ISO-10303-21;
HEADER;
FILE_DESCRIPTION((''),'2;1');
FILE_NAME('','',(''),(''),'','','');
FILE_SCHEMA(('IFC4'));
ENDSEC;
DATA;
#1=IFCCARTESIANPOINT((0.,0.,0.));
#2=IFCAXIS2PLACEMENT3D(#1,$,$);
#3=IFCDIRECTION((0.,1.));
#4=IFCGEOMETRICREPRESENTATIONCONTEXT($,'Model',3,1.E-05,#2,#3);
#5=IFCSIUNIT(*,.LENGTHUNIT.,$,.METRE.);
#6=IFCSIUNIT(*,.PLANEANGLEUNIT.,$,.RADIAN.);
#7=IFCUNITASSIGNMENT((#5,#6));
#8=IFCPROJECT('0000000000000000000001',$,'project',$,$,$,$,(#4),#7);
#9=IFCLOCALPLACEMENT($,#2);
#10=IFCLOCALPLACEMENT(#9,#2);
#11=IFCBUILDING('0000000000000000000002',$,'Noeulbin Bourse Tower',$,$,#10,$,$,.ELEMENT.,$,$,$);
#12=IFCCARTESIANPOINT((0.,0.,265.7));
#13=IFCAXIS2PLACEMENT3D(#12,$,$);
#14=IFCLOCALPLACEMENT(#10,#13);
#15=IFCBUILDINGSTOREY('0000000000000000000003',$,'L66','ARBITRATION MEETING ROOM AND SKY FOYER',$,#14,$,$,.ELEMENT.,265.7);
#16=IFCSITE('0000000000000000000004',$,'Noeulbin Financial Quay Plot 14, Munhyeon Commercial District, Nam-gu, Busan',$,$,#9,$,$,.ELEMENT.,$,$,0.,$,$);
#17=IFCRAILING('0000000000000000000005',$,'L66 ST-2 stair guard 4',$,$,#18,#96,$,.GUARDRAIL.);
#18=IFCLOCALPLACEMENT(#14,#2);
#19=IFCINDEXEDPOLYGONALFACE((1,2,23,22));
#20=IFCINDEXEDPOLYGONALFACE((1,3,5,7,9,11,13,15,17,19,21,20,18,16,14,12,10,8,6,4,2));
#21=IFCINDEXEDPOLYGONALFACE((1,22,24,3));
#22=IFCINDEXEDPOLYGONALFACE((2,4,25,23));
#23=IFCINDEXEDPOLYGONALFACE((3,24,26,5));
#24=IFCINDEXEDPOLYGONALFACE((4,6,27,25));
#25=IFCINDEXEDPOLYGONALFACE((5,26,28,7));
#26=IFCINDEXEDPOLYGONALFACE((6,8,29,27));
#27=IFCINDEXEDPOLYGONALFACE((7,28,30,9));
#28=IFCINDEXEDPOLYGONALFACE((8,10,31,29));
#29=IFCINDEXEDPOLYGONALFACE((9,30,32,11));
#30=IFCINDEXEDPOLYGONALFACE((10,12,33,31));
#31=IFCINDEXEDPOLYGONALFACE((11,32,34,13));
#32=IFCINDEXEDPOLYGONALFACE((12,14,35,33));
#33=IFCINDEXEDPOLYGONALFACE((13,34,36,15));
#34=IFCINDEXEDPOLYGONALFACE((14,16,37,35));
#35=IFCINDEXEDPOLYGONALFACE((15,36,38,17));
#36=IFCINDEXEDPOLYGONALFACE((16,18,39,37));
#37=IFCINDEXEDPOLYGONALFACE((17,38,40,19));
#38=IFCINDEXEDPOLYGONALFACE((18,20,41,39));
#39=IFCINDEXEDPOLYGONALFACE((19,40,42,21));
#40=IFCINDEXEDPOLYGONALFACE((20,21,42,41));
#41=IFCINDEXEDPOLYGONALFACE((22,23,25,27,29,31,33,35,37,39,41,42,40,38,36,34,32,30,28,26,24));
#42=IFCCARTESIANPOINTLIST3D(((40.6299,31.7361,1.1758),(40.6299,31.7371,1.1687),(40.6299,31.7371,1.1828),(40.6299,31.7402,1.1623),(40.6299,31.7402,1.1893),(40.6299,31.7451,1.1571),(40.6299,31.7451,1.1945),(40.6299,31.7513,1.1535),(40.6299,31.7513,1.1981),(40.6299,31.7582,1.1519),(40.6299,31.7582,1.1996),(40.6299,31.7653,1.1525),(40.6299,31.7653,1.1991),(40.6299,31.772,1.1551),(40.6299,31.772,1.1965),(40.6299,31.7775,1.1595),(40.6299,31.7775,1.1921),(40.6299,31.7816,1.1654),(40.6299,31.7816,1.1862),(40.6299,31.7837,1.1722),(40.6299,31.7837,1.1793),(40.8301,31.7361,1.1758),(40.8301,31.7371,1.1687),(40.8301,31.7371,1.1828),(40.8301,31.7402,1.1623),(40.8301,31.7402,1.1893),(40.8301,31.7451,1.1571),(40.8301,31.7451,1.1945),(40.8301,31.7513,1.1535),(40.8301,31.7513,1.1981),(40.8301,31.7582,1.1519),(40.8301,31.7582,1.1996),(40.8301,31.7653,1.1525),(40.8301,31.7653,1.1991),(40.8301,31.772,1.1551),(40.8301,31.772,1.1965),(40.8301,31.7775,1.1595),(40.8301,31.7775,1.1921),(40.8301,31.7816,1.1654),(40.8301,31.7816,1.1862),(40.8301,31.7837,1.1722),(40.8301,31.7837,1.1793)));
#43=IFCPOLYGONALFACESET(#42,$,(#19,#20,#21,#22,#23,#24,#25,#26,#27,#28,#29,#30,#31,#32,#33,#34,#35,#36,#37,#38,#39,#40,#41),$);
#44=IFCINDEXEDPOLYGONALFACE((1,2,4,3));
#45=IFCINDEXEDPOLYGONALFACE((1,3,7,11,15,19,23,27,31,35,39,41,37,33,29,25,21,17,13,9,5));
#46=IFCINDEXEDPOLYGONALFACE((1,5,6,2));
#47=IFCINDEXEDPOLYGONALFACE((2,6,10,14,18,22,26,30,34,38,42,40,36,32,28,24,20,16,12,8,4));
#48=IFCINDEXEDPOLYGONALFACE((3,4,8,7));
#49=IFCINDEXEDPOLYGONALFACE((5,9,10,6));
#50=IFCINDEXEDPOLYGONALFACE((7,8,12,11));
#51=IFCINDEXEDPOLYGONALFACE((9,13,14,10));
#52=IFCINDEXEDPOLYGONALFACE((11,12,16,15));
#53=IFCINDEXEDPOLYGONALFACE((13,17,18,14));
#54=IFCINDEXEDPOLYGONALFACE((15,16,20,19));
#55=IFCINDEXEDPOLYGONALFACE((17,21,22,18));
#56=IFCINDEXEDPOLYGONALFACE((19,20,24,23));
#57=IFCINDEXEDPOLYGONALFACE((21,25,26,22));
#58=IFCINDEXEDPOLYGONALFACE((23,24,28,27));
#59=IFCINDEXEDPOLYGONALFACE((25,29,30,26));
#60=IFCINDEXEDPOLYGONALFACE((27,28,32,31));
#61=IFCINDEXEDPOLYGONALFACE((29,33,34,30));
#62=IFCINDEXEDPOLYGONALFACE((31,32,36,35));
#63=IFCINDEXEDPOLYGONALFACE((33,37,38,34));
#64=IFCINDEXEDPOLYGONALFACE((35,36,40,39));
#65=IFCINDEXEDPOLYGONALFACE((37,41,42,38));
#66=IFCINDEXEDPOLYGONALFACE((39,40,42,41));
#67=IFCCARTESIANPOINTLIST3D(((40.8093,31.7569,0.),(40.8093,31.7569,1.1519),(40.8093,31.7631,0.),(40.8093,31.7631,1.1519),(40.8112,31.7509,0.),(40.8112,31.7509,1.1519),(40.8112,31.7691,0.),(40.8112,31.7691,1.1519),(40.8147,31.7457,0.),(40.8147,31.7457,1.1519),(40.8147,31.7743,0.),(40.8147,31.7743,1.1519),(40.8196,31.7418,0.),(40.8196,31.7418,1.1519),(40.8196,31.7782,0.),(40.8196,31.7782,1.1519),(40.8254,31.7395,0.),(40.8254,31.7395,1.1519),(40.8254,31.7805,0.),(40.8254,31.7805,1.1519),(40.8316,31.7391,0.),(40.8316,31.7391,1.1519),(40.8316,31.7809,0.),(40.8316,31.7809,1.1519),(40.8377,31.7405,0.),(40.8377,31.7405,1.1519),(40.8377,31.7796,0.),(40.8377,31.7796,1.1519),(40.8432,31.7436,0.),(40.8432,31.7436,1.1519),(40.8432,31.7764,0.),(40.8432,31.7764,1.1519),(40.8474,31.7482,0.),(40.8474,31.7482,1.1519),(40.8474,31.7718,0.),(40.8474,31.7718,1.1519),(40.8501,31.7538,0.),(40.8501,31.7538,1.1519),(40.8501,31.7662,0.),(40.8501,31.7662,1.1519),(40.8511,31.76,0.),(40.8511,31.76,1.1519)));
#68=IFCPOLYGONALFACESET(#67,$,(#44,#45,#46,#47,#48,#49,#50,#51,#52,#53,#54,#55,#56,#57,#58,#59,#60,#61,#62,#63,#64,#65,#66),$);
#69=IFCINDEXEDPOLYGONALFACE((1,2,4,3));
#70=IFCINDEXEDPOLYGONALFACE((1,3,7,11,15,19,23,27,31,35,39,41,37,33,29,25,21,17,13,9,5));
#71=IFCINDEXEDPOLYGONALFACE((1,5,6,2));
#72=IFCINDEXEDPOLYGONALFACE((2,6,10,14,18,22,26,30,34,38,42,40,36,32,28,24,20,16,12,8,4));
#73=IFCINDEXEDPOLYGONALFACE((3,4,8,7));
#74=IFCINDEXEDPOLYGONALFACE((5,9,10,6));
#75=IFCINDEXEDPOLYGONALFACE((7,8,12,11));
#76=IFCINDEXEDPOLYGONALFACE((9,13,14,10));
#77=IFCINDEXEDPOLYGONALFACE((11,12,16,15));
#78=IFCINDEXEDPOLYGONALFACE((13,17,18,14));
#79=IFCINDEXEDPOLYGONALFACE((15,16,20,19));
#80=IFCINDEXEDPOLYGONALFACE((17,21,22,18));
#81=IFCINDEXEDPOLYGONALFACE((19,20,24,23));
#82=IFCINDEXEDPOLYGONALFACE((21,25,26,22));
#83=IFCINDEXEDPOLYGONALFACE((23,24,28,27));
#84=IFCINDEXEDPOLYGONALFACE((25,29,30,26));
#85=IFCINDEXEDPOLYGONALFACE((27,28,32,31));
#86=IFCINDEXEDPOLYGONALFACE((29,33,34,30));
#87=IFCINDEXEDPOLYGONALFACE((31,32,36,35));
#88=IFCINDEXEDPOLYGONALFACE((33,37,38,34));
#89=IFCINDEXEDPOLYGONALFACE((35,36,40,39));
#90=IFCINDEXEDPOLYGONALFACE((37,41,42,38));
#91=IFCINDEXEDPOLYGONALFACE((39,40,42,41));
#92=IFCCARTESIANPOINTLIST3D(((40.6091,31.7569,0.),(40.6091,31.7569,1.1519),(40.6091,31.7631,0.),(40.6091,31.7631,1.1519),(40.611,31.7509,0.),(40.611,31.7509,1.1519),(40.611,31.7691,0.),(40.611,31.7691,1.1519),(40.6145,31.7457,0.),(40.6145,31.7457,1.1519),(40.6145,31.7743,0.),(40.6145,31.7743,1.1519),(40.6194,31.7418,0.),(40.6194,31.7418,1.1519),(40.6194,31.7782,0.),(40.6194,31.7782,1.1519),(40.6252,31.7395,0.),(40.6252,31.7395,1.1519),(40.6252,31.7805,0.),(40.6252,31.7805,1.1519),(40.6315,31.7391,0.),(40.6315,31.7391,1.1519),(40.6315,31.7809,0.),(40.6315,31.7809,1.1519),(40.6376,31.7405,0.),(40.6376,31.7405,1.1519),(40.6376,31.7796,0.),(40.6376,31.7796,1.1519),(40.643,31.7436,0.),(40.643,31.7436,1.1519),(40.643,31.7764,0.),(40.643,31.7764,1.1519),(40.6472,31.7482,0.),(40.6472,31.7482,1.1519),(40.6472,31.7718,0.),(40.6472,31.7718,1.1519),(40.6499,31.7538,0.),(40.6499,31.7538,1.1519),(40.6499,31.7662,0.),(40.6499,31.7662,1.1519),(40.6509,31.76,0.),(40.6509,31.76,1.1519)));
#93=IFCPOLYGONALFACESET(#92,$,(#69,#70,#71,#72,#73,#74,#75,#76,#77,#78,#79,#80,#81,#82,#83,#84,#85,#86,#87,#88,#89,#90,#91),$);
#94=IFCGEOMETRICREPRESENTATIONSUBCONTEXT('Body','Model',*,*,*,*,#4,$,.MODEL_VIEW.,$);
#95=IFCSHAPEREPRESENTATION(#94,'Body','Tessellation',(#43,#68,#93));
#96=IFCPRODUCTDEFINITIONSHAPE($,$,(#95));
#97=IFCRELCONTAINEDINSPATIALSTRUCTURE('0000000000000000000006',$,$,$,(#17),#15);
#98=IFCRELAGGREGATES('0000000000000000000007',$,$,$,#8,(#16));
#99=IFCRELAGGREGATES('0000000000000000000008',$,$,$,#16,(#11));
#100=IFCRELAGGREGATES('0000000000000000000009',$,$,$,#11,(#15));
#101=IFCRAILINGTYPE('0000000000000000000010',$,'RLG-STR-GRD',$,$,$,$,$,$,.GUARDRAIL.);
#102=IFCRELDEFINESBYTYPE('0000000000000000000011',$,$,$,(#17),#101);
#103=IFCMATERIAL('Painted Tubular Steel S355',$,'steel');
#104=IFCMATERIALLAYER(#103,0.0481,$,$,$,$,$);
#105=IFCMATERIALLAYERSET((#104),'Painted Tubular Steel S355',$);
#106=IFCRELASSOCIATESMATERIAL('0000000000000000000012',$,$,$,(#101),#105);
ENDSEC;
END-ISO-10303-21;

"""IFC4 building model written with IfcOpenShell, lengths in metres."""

from ifc_helpers import new_model, si_unit, direction, frame, origin, origin_2d, place, context, subcontext, project, spatial, circle, extrude, material, layer, layer_set, type_object, element, save


model = new_model("IFC4")

# Units and contexts
model_context = context("Model", 3, precision=1e-05, world=origin(), true_north=direction((0.0, 1.0)))
body_context = subcontext(model_context, "Body", "Model", "MODEL_VIEW")
ifc_project = project(units=[si_unit("LENGTHUNIT", "METRE"), si_unit("PLANEANGLEUNIT", "RADIAN")], contexts=[model_context])

# Site, building, storey
site_placement = place(None, origin())
site = spatial("IfcSite", under=ifc_project, at=site_placement, Name="Noeulbin Financial Quay Plot 14, Munhyeon Commercial District, Nam-gu, Busan", CompositionType="ELEMENT", RefElevation=0.0)
building_placement = place(site_placement, origin())
building = spatial("IfcBuilding", under=site, at=building_placement, Name="Noeulbin Bourse Tower", CompositionType="ELEMENT")
storey_placement = place(building_placement, frame((0.0, 0.0, 265.7)))
storey = spatial("IfcBuildingStorey", under=building, at=storey_placement, Name="L66", Description="ARBITRATION MEETING ROOM AND SKY FOYER", CompositionType="ELEMENT", Elevation=265.7)

# Railing
ifc_material_1 = material(Name="Painted Tubular Steel S355", Category="steel")
ifc_layer_1 = layer(ifc_material_1, 0.0481)
ifc_layer_set_1 = layer_set([ifc_layer_1], Name="Painted Tubular Steel S355")
railing_type_1 = type_object("IfcRailingType", Name="RLG-STR-GRD", PredefinedType="GUARDRAIL", material=ifc_layer_set_1)
railing_1_placement = place(storey_placement, frame((40.8301, 31.76, 0.0)))
element("IfcRailing", 1, at=railing_1_placement, inside=storey, type_object=railing_type_1, Name="L66 ST-2 stair guard 4", PredefinedType="GUARDRAIL", context=body_context, shape_type="SweptSolid", body=[
    extrude(circle(Radius=0.0239, at=origin_2d()), frame((0.0, 0.0, 1.1758), z_axis=(-1.0, 0.0, 0.0), x_axis=(0.0, -1.0, 0.0)), (0.0, 0.0, 1.0), 0.2002),
    extrude(circle(Radius=0.021, at=origin_2d()), origin(), (0.0, 0.0, 1.0), 1.1519),
    extrude(circle(Radius=0.021, at=origin_2d()), frame((-0.2002, 0.0, 0.0)), (0.0, 0.0, 1.0), 1.1519),
])

save(model, "model.ifc")
